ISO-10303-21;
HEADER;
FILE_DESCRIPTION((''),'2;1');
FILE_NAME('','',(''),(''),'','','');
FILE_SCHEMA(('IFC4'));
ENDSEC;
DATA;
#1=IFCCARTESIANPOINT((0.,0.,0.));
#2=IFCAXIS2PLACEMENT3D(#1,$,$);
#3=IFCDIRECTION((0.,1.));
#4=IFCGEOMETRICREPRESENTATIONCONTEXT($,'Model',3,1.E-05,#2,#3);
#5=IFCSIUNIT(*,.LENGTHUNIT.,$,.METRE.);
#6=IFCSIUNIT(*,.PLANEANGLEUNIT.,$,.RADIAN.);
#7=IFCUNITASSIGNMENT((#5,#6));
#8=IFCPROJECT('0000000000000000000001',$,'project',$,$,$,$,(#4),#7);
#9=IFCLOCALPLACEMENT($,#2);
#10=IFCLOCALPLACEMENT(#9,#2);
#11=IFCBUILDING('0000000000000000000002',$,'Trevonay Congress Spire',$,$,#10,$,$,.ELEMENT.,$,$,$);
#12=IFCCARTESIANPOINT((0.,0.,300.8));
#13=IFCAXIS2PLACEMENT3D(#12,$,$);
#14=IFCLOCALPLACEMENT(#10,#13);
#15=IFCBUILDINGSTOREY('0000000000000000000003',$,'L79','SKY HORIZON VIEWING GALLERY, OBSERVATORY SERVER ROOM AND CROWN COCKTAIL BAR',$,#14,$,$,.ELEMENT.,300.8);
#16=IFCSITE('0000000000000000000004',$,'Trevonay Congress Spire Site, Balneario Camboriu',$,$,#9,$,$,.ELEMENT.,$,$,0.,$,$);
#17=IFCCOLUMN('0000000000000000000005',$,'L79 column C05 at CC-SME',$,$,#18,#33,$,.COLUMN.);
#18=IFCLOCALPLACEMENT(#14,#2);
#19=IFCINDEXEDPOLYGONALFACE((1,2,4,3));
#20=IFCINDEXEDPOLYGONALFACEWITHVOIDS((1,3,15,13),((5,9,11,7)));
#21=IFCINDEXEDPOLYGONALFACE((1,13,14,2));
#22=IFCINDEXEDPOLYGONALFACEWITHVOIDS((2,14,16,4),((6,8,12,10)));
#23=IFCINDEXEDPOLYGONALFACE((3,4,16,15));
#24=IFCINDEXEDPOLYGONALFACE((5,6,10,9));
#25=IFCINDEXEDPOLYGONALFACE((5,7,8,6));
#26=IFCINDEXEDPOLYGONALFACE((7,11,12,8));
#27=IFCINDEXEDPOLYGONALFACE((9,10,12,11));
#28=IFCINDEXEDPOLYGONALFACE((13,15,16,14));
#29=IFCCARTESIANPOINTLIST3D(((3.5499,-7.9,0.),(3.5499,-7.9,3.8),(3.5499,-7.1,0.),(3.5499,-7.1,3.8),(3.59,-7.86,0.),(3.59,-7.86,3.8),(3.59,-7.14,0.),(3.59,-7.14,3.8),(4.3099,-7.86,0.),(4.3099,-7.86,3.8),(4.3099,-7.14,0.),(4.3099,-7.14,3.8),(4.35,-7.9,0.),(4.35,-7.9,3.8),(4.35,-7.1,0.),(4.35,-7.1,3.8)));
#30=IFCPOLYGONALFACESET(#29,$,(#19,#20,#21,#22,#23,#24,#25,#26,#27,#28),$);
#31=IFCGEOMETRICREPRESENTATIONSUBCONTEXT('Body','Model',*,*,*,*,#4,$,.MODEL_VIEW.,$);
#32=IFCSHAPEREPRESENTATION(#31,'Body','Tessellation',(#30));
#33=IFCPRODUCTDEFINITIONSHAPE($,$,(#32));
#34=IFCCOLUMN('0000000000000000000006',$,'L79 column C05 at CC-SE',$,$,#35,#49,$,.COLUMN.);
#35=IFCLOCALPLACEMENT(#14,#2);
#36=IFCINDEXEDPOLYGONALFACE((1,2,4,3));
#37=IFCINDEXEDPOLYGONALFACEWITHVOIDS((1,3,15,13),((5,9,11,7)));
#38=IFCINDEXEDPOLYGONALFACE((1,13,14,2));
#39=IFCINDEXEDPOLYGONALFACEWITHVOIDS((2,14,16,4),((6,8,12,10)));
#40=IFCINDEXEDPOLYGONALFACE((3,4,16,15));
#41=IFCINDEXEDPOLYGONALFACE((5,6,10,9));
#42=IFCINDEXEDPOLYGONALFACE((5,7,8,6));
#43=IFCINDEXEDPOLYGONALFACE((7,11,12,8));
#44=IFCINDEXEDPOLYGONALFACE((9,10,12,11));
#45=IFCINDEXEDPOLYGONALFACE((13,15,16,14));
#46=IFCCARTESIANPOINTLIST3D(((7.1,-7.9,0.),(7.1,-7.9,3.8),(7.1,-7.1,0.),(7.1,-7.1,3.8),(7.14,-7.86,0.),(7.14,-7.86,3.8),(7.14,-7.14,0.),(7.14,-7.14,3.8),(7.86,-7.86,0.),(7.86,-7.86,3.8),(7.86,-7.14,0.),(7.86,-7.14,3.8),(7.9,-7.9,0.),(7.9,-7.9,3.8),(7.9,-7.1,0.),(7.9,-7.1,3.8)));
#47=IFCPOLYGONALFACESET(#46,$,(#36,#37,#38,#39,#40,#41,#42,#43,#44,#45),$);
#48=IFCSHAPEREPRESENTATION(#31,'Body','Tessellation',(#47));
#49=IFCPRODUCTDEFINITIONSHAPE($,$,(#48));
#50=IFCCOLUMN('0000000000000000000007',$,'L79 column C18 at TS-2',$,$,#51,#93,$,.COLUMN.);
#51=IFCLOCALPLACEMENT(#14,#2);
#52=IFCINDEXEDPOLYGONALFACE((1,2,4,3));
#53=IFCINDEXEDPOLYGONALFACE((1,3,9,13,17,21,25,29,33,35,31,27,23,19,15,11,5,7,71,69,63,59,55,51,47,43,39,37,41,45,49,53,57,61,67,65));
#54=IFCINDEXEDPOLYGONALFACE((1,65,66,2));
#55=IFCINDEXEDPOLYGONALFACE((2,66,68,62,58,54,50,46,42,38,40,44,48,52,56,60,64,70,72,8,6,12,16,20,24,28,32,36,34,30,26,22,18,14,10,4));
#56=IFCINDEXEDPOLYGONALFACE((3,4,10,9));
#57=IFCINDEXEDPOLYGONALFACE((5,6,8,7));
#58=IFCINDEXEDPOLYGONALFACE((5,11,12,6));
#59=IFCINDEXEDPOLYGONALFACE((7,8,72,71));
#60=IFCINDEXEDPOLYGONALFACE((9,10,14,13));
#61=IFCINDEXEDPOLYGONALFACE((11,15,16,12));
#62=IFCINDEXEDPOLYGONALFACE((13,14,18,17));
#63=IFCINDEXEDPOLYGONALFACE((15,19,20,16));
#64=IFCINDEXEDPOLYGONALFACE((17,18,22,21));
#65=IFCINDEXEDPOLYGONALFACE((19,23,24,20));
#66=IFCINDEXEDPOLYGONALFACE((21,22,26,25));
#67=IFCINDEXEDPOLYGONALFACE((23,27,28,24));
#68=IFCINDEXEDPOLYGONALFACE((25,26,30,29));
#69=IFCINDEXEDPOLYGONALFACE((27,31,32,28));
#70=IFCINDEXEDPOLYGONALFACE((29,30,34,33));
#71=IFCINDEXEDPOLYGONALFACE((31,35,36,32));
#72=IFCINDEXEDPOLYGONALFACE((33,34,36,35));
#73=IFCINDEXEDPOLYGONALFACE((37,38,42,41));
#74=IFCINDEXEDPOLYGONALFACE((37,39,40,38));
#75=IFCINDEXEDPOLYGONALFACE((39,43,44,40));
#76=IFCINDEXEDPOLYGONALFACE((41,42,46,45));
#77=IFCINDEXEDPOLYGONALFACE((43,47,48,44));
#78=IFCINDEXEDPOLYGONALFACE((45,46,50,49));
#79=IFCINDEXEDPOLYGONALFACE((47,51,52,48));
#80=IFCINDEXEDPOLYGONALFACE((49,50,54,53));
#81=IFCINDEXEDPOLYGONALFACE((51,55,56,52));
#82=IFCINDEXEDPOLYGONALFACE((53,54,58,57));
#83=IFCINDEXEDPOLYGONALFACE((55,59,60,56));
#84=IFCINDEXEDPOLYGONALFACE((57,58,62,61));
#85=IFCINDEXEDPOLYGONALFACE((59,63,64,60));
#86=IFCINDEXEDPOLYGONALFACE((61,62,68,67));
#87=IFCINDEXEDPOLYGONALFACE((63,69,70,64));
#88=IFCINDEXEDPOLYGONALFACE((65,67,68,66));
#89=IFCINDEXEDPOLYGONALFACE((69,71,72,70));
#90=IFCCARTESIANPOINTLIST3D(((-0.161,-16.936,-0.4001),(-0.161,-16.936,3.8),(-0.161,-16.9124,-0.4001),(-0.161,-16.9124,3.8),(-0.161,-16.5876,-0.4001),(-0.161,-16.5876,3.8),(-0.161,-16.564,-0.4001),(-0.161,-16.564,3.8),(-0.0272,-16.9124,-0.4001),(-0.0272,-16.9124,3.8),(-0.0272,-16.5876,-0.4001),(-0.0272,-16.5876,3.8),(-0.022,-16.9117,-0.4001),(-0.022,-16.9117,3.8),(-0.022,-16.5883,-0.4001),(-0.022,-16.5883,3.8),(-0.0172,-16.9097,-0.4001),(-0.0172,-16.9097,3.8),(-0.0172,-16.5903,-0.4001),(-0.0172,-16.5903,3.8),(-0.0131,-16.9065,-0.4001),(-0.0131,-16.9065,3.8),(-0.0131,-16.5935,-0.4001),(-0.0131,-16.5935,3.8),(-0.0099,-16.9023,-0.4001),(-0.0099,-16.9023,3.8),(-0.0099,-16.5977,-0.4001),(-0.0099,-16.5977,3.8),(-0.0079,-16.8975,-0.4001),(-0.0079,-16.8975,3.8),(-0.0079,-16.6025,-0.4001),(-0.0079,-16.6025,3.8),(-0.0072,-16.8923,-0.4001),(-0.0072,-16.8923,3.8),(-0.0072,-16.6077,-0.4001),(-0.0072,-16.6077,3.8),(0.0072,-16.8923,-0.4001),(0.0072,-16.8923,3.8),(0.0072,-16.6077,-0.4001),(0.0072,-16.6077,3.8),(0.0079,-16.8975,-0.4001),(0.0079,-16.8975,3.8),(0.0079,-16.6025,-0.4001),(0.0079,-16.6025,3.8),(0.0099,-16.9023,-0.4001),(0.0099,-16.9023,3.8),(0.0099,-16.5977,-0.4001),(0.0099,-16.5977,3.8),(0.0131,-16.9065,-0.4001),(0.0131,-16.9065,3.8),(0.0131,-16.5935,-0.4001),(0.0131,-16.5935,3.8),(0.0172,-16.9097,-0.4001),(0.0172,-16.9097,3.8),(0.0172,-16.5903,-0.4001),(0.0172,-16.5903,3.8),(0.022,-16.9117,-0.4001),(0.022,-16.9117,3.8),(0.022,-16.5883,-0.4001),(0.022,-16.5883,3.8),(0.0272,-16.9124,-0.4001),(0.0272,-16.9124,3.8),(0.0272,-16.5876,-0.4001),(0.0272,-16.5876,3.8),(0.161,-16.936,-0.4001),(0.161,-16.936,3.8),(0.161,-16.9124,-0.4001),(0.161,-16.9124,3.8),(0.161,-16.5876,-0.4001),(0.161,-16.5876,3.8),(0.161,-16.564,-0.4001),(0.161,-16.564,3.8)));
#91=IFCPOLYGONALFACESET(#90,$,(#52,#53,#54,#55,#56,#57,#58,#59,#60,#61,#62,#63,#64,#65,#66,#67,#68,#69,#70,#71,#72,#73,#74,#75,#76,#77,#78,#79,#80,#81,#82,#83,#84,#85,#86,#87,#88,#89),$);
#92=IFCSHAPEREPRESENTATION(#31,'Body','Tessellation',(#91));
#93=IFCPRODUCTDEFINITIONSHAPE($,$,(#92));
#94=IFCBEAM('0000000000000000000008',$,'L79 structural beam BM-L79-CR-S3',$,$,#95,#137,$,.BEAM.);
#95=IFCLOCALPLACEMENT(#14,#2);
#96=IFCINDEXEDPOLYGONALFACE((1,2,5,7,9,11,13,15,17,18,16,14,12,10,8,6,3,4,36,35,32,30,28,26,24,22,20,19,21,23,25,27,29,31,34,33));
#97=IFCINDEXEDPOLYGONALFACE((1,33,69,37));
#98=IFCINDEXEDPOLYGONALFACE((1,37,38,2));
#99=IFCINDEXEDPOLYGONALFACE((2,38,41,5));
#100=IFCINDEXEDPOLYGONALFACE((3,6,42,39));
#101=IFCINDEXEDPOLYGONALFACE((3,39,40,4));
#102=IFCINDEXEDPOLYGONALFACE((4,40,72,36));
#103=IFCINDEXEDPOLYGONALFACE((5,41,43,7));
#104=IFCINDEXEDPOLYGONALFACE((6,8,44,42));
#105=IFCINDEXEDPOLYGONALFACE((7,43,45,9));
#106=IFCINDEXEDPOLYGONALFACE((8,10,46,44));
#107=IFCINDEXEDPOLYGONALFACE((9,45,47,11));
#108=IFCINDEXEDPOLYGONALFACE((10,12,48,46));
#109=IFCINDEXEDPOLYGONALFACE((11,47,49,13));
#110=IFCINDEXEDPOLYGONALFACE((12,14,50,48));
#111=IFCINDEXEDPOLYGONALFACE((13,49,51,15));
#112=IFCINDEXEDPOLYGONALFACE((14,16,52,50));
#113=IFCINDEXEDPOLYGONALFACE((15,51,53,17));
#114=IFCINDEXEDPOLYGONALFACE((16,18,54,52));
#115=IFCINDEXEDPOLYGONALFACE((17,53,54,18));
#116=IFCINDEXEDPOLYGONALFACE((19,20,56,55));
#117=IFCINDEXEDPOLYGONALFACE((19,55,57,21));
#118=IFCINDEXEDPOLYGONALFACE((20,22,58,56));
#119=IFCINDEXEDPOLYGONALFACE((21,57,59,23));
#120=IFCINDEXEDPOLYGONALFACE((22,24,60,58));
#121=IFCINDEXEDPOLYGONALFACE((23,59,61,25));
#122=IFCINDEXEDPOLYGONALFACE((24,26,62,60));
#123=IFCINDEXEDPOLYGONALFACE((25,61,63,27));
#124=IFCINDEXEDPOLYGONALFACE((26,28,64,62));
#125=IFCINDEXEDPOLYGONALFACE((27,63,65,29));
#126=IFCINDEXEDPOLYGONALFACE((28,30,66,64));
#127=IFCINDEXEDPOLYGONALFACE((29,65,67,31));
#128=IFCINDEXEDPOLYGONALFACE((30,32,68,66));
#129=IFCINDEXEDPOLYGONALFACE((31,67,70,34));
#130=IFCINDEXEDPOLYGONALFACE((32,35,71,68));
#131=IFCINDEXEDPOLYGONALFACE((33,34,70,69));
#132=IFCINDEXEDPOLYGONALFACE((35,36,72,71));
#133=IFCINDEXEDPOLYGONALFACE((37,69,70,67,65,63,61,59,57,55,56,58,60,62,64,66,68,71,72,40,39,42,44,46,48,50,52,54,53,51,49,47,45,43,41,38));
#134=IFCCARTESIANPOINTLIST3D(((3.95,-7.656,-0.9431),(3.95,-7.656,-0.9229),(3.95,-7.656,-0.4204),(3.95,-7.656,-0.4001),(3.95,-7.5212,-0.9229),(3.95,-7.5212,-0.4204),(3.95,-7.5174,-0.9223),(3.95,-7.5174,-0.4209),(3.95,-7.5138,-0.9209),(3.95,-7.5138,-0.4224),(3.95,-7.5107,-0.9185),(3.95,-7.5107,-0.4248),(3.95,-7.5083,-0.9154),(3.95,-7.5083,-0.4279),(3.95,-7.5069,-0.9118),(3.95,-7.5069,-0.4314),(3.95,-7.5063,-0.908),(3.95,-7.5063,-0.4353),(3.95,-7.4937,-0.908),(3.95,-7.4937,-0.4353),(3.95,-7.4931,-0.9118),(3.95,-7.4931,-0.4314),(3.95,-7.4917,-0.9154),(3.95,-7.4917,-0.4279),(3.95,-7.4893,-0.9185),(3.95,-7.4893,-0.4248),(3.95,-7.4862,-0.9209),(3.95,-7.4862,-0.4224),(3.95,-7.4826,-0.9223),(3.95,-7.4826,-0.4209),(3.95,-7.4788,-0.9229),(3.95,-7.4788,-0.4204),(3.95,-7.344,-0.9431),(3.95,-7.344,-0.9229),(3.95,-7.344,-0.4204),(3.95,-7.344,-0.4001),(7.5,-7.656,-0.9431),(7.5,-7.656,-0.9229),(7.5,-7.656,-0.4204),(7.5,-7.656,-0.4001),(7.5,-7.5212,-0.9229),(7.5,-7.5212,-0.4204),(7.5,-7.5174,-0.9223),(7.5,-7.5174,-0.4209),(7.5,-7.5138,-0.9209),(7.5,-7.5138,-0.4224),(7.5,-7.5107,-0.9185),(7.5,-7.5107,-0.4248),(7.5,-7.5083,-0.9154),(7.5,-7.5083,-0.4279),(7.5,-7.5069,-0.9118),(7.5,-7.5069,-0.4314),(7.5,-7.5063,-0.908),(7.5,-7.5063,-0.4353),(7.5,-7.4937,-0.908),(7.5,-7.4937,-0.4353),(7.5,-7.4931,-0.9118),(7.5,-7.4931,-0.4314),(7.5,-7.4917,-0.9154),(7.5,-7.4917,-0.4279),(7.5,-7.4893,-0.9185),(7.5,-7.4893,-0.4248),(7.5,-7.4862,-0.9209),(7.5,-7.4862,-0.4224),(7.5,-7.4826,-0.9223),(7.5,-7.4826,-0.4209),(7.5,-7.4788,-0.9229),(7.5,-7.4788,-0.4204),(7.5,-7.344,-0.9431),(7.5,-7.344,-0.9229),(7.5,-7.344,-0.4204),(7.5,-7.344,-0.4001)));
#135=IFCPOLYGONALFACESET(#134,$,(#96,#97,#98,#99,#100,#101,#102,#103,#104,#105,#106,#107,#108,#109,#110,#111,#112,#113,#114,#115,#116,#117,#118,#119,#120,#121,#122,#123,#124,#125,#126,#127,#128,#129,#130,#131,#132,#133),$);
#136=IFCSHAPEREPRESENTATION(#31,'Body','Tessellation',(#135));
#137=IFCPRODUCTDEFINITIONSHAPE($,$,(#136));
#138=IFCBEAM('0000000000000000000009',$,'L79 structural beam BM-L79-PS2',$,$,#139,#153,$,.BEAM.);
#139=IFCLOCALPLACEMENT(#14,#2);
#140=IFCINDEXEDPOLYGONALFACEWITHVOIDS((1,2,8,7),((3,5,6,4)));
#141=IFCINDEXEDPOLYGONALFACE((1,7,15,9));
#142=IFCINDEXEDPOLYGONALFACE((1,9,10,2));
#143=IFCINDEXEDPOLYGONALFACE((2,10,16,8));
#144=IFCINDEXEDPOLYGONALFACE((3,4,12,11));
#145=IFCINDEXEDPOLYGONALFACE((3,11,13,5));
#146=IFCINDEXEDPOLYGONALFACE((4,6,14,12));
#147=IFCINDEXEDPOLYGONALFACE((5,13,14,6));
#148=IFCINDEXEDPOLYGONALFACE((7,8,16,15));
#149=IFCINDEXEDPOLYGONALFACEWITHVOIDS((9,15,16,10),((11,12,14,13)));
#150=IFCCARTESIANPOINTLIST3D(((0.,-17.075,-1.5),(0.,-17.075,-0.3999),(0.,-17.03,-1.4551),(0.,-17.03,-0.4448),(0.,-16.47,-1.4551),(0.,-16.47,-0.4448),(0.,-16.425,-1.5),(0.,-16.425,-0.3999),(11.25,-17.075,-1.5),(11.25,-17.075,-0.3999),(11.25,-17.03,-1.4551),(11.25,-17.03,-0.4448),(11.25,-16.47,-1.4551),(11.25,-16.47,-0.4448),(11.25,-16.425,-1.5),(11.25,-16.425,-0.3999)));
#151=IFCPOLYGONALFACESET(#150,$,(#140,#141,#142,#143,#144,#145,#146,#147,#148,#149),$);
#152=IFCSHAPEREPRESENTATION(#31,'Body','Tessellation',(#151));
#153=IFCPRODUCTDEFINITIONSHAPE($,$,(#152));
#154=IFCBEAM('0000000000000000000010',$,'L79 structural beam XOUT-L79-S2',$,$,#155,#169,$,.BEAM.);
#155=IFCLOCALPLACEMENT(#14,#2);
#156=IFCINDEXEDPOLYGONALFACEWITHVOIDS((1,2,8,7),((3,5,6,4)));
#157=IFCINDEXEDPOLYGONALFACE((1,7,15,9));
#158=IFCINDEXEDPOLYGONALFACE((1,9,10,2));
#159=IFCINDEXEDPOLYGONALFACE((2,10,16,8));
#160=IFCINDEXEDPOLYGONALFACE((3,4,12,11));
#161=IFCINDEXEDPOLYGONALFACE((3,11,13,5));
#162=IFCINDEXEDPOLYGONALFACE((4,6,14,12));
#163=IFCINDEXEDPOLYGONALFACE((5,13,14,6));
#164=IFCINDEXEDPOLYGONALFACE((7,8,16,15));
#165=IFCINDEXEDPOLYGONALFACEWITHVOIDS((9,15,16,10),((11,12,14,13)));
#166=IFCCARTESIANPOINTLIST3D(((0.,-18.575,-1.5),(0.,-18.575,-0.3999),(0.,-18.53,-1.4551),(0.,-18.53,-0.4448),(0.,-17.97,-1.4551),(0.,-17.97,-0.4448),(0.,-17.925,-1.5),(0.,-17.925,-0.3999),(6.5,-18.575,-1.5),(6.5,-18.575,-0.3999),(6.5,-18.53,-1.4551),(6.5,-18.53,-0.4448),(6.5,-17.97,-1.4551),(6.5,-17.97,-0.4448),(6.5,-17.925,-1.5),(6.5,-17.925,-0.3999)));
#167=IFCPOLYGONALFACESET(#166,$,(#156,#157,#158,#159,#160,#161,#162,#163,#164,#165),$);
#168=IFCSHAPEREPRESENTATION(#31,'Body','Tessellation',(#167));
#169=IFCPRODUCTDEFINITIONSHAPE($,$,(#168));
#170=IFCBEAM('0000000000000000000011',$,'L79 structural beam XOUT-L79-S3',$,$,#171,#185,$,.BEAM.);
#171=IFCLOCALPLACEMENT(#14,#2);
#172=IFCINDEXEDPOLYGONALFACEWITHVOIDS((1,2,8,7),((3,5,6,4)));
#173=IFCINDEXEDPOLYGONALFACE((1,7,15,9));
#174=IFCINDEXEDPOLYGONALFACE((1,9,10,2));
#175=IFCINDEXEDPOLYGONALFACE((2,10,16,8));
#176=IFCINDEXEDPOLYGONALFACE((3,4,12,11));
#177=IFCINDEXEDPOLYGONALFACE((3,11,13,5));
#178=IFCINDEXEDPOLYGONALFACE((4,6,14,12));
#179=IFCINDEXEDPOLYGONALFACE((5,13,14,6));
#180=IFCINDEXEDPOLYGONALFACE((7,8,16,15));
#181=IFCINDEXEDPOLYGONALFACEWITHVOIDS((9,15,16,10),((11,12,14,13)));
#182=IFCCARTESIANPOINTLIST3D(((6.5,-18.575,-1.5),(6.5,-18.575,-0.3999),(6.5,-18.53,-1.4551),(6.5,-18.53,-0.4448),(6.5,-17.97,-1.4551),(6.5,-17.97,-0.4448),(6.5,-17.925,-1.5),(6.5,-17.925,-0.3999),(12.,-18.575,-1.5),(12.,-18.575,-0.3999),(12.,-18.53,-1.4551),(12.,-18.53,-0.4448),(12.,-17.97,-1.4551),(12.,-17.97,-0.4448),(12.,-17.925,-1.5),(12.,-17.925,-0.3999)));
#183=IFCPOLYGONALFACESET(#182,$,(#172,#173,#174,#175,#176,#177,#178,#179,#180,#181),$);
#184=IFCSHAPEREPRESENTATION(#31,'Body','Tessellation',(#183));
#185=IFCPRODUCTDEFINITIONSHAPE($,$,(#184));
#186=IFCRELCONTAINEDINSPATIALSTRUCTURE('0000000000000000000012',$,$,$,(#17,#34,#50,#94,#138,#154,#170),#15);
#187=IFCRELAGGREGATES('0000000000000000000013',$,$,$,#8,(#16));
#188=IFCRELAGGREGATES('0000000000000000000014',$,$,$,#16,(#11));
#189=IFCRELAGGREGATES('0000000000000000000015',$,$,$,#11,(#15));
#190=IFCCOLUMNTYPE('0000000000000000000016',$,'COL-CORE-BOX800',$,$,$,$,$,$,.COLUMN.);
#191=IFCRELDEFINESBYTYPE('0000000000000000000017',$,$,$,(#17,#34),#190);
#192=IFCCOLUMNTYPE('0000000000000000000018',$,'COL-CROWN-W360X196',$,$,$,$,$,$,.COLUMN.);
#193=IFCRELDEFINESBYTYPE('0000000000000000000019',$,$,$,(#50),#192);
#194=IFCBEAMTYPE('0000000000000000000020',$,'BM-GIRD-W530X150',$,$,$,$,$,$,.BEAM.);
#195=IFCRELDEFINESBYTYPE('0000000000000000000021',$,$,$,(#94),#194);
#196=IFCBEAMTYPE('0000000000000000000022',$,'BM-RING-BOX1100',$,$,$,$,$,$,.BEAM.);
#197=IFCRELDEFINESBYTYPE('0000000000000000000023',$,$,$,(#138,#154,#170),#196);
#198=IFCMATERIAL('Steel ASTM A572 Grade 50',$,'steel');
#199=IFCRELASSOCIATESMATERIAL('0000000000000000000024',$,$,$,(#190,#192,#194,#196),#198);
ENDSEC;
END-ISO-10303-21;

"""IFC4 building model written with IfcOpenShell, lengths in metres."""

from ifc_helpers import new_model, si_unit, direction, frame, origin, origin_2d, place, context, subcontext, project, spatial, hollow_rectangle, i_section, extrude, material, material_profile, profile_set, type_object, element, save


model = new_model("IFC4")

# Units and contexts
model_context = context("Model", 3, precision=1e-05, world=origin(), true_north=direction((0.0, 1.0)))
body_context = subcontext(model_context, "Body", "Model", "MODEL_VIEW")
ifc_project = project(units=[si_unit("LENGTHUNIT", "METRE"), si_unit("PLANEANGLEUNIT", "RADIAN")], contexts=[model_context])

# Site, building, storey
site_placement = place(None, origin())
site = spatial("IfcSite", under=ifc_project, at=site_placement, Name="Trevonay Congress Spire Site, Balneario Camboriu", CompositionType="ELEMENT", RefElevation=0.0)
building_placement = place(site_placement, origin())
building = spatial("IfcBuilding", under=site, at=building_placement, Name="Trevonay Congress Spire", CompositionType="ELEMENT")
storey_placement = place(building_placement, frame((0.0, 0.0, 300.8)))
storey = spatial("IfcBuildingStorey", under=building, at=storey_placement, Name="L79", Description="SKY HORIZON VIEWING GALLERY, OBSERVATORY SERVER ROOM AND CROWN COCKTAIL BAR", CompositionType="ELEMENT", Elevation=300.8)

# Columns
ifc_material_1 = material(Name="Steel ASTM A572 Grade 50", Category="steel")
ifc_material_profile_1 = material_profile(ifc_material_1, hollow_rectangle(XDim=0.8, YDim=0.8, WallThickness=0.04, at=origin_2d()), Name="BOX 800x800x40")
ifc_profile_set_1 = profile_set([ifc_material_profile_1], Name="Steel ASTM A572 Grade 50")
column_type_1 = type_object("IfcColumnType", Name="COL-CORE-BOX800", PredefinedType="COLUMN", material=ifc_profile_set_1)
for number, where, z_axis, x_axis, name in (
    (1, (3.95, -7.5, 0.0), (0.0, 0.0, 1.0), (1.0, 0.0, 0.0), "L79 column C05 at CC-SME"),
    (2, (7.5, -7.5, 0.0), (0.0, 0.0, 1.0), (1.0, 0.0, 0.0), "L79 column C05 at CC-SE"),
):
    element("IfcColumn", number, at=place(storey_placement, frame(where, z_axis=z_axis, x_axis=x_axis)), inside=storey, type_object=column_type_1, Name=name, PredefinedType="COLUMN", context=body_context, shape_type="SweptSolid", body=[
        extrude(hollow_rectangle(XDim=0.8, YDim=0.8, WallThickness=0.04, at=origin_2d()), origin(), (0.0, 0.0, 1.0), 3.8),
    ])
ifc_material_profile_2 = material_profile(ifc_material_1, i_section(OverallWidth=0.322, OverallDepth=0.3721, WebThickness=0.0144, FlangeThickness=0.0237, FilletRadius=0.02, at=origin_2d()), Name="W360x196")
ifc_profile_set_2 = profile_set([ifc_material_profile_2], Name="Steel ASTM A572 Grade 50")
column_type_2 = type_object("IfcColumnType", Name="COL-CROWN-W360X196", PredefinedType="COLUMN", material=ifc_profile_set_2)
column_placement = place(storey_placement, frame((0.0, -16.75, -0.4001), z_axis=(0.0, 0.0, 1.0), x_axis=(1.0, 0.0, 0.0)))
element("IfcColumn", 3, at=column_placement, inside=storey, type_object=column_type_2, Name="L79 column C18 at TS-2", PredefinedType="COLUMN", context=body_context, shape_type="SweptSolid", body=[
    extrude(i_section(OverallWidth=0.322, OverallDepth=0.3721, WebThickness=0.0144, FlangeThickness=0.0237, FilletRadius=0.02, at=origin_2d()), origin(), (0.0, 0.0, 1.0), 4.2002),
])

# Beams
ifc_material_profile_3 = material_profile(ifc_material_1, i_section(OverallWidth=0.312, OverallDepth=0.543, WebThickness=0.0127, FlangeThickness=0.0203, FilletRadius=0.0149, at=origin_2d()), Name="W530x150")
ifc_profile_set_3 = profile_set([ifc_material_profile_3], Name="Steel ASTM A572 Grade 50")
beam_type_1 = type_object("IfcBeamType", Name="BM-GIRD-W530X150", PredefinedType="BEAM", material=ifc_profile_set_3)
beam_1_placement = place(storey_placement, frame((3.95, -7.5, -0.6716), z_axis=(1.0, 0.0, 0.0), x_axis=(0.0, 1.0, 0.0)))
element("IfcBeam", 4, at=beam_1_placement, inside=storey, type_object=beam_type_1, Name="L79 structural beam BM-L79-CR-S3", PredefinedType="BEAM", context=body_context, shape_type="SweptSolid", body=[
    extrude(i_section(OverallWidth=0.312, OverallDepth=0.543, WebThickness=0.0127, FlangeThickness=0.0203, FilletRadius=0.0149, at=origin_2d()), origin(), (0.0, 0.0, 1.0), 3.55),
])
ifc_material_profile_4 = material_profile(ifc_material_1, hollow_rectangle(XDim=0.6499, YDim=1.1001, WallThickness=0.0449, at=origin_2d()), Name="BOX 1100x650x45")
ifc_profile_set_4 = profile_set([ifc_material_profile_4], Name="Steel ASTM A572 Grade 50")
beam_type_2 = type_object("IfcBeamType", Name="BM-RING-BOX1100", PredefinedType="BEAM", material=ifc_profile_set_4)
beam_2_placement = place(storey_placement, frame((0.0, -16.75, -0.95), z_axis=(1.0, 0.0, 0.0), x_axis=(0.0, 1.0, 0.0)))
element("IfcBeam", 5, at=beam_2_placement, inside=storey, type_object=beam_type_2, Name="L79 structural beam BM-L79-PS2", PredefinedType="BEAM", context=body_context, shape_type="SweptSolid", body=[
    extrude(hollow_rectangle(XDim=0.6499, YDim=1.1001, WallThickness=0.0449, at=origin_2d()), origin(), (0.0, 0.0, 1.0), 11.25),
])
beam_3_placement = place(storey_placement, frame((0.0, -18.25, -0.95), z_axis=(1.0, 0.0, 0.0), x_axis=(0.0, 1.0, 0.0)))
element("IfcBeam", 6, at=beam_3_placement, inside=storey, type_object=beam_type_2, Name="L79 structural beam XOUT-L79-S2", PredefinedType="BEAM", context=body_context, shape_type="SweptSolid", body=[
    extrude(hollow_rectangle(XDim=0.6499, YDim=1.1001, WallThickness=0.0449, at=origin_2d()), origin(), (0.0, 0.0, 1.0), 6.5),
])
beam_4_placement = place(storey_placement, frame((6.5, -18.25, -0.95), z_axis=(1.0, 0.0, 0.0), x_axis=(0.0, 1.0, 0.0)))
element("IfcBeam", 7, at=beam_4_placement, inside=storey, type_object=beam_type_2, Name="L79 structural beam XOUT-L79-S3", PredefinedType="BEAM", context=body_context, shape_type="SweptSolid", body=[
    extrude(hollow_rectangle(XDim=0.6499, YDim=1.1001, WallThickness=0.0449, at=origin_2d()), origin(), (0.0, 0.0, 1.0), 5.5),
])

save(model, "model.ifc")
